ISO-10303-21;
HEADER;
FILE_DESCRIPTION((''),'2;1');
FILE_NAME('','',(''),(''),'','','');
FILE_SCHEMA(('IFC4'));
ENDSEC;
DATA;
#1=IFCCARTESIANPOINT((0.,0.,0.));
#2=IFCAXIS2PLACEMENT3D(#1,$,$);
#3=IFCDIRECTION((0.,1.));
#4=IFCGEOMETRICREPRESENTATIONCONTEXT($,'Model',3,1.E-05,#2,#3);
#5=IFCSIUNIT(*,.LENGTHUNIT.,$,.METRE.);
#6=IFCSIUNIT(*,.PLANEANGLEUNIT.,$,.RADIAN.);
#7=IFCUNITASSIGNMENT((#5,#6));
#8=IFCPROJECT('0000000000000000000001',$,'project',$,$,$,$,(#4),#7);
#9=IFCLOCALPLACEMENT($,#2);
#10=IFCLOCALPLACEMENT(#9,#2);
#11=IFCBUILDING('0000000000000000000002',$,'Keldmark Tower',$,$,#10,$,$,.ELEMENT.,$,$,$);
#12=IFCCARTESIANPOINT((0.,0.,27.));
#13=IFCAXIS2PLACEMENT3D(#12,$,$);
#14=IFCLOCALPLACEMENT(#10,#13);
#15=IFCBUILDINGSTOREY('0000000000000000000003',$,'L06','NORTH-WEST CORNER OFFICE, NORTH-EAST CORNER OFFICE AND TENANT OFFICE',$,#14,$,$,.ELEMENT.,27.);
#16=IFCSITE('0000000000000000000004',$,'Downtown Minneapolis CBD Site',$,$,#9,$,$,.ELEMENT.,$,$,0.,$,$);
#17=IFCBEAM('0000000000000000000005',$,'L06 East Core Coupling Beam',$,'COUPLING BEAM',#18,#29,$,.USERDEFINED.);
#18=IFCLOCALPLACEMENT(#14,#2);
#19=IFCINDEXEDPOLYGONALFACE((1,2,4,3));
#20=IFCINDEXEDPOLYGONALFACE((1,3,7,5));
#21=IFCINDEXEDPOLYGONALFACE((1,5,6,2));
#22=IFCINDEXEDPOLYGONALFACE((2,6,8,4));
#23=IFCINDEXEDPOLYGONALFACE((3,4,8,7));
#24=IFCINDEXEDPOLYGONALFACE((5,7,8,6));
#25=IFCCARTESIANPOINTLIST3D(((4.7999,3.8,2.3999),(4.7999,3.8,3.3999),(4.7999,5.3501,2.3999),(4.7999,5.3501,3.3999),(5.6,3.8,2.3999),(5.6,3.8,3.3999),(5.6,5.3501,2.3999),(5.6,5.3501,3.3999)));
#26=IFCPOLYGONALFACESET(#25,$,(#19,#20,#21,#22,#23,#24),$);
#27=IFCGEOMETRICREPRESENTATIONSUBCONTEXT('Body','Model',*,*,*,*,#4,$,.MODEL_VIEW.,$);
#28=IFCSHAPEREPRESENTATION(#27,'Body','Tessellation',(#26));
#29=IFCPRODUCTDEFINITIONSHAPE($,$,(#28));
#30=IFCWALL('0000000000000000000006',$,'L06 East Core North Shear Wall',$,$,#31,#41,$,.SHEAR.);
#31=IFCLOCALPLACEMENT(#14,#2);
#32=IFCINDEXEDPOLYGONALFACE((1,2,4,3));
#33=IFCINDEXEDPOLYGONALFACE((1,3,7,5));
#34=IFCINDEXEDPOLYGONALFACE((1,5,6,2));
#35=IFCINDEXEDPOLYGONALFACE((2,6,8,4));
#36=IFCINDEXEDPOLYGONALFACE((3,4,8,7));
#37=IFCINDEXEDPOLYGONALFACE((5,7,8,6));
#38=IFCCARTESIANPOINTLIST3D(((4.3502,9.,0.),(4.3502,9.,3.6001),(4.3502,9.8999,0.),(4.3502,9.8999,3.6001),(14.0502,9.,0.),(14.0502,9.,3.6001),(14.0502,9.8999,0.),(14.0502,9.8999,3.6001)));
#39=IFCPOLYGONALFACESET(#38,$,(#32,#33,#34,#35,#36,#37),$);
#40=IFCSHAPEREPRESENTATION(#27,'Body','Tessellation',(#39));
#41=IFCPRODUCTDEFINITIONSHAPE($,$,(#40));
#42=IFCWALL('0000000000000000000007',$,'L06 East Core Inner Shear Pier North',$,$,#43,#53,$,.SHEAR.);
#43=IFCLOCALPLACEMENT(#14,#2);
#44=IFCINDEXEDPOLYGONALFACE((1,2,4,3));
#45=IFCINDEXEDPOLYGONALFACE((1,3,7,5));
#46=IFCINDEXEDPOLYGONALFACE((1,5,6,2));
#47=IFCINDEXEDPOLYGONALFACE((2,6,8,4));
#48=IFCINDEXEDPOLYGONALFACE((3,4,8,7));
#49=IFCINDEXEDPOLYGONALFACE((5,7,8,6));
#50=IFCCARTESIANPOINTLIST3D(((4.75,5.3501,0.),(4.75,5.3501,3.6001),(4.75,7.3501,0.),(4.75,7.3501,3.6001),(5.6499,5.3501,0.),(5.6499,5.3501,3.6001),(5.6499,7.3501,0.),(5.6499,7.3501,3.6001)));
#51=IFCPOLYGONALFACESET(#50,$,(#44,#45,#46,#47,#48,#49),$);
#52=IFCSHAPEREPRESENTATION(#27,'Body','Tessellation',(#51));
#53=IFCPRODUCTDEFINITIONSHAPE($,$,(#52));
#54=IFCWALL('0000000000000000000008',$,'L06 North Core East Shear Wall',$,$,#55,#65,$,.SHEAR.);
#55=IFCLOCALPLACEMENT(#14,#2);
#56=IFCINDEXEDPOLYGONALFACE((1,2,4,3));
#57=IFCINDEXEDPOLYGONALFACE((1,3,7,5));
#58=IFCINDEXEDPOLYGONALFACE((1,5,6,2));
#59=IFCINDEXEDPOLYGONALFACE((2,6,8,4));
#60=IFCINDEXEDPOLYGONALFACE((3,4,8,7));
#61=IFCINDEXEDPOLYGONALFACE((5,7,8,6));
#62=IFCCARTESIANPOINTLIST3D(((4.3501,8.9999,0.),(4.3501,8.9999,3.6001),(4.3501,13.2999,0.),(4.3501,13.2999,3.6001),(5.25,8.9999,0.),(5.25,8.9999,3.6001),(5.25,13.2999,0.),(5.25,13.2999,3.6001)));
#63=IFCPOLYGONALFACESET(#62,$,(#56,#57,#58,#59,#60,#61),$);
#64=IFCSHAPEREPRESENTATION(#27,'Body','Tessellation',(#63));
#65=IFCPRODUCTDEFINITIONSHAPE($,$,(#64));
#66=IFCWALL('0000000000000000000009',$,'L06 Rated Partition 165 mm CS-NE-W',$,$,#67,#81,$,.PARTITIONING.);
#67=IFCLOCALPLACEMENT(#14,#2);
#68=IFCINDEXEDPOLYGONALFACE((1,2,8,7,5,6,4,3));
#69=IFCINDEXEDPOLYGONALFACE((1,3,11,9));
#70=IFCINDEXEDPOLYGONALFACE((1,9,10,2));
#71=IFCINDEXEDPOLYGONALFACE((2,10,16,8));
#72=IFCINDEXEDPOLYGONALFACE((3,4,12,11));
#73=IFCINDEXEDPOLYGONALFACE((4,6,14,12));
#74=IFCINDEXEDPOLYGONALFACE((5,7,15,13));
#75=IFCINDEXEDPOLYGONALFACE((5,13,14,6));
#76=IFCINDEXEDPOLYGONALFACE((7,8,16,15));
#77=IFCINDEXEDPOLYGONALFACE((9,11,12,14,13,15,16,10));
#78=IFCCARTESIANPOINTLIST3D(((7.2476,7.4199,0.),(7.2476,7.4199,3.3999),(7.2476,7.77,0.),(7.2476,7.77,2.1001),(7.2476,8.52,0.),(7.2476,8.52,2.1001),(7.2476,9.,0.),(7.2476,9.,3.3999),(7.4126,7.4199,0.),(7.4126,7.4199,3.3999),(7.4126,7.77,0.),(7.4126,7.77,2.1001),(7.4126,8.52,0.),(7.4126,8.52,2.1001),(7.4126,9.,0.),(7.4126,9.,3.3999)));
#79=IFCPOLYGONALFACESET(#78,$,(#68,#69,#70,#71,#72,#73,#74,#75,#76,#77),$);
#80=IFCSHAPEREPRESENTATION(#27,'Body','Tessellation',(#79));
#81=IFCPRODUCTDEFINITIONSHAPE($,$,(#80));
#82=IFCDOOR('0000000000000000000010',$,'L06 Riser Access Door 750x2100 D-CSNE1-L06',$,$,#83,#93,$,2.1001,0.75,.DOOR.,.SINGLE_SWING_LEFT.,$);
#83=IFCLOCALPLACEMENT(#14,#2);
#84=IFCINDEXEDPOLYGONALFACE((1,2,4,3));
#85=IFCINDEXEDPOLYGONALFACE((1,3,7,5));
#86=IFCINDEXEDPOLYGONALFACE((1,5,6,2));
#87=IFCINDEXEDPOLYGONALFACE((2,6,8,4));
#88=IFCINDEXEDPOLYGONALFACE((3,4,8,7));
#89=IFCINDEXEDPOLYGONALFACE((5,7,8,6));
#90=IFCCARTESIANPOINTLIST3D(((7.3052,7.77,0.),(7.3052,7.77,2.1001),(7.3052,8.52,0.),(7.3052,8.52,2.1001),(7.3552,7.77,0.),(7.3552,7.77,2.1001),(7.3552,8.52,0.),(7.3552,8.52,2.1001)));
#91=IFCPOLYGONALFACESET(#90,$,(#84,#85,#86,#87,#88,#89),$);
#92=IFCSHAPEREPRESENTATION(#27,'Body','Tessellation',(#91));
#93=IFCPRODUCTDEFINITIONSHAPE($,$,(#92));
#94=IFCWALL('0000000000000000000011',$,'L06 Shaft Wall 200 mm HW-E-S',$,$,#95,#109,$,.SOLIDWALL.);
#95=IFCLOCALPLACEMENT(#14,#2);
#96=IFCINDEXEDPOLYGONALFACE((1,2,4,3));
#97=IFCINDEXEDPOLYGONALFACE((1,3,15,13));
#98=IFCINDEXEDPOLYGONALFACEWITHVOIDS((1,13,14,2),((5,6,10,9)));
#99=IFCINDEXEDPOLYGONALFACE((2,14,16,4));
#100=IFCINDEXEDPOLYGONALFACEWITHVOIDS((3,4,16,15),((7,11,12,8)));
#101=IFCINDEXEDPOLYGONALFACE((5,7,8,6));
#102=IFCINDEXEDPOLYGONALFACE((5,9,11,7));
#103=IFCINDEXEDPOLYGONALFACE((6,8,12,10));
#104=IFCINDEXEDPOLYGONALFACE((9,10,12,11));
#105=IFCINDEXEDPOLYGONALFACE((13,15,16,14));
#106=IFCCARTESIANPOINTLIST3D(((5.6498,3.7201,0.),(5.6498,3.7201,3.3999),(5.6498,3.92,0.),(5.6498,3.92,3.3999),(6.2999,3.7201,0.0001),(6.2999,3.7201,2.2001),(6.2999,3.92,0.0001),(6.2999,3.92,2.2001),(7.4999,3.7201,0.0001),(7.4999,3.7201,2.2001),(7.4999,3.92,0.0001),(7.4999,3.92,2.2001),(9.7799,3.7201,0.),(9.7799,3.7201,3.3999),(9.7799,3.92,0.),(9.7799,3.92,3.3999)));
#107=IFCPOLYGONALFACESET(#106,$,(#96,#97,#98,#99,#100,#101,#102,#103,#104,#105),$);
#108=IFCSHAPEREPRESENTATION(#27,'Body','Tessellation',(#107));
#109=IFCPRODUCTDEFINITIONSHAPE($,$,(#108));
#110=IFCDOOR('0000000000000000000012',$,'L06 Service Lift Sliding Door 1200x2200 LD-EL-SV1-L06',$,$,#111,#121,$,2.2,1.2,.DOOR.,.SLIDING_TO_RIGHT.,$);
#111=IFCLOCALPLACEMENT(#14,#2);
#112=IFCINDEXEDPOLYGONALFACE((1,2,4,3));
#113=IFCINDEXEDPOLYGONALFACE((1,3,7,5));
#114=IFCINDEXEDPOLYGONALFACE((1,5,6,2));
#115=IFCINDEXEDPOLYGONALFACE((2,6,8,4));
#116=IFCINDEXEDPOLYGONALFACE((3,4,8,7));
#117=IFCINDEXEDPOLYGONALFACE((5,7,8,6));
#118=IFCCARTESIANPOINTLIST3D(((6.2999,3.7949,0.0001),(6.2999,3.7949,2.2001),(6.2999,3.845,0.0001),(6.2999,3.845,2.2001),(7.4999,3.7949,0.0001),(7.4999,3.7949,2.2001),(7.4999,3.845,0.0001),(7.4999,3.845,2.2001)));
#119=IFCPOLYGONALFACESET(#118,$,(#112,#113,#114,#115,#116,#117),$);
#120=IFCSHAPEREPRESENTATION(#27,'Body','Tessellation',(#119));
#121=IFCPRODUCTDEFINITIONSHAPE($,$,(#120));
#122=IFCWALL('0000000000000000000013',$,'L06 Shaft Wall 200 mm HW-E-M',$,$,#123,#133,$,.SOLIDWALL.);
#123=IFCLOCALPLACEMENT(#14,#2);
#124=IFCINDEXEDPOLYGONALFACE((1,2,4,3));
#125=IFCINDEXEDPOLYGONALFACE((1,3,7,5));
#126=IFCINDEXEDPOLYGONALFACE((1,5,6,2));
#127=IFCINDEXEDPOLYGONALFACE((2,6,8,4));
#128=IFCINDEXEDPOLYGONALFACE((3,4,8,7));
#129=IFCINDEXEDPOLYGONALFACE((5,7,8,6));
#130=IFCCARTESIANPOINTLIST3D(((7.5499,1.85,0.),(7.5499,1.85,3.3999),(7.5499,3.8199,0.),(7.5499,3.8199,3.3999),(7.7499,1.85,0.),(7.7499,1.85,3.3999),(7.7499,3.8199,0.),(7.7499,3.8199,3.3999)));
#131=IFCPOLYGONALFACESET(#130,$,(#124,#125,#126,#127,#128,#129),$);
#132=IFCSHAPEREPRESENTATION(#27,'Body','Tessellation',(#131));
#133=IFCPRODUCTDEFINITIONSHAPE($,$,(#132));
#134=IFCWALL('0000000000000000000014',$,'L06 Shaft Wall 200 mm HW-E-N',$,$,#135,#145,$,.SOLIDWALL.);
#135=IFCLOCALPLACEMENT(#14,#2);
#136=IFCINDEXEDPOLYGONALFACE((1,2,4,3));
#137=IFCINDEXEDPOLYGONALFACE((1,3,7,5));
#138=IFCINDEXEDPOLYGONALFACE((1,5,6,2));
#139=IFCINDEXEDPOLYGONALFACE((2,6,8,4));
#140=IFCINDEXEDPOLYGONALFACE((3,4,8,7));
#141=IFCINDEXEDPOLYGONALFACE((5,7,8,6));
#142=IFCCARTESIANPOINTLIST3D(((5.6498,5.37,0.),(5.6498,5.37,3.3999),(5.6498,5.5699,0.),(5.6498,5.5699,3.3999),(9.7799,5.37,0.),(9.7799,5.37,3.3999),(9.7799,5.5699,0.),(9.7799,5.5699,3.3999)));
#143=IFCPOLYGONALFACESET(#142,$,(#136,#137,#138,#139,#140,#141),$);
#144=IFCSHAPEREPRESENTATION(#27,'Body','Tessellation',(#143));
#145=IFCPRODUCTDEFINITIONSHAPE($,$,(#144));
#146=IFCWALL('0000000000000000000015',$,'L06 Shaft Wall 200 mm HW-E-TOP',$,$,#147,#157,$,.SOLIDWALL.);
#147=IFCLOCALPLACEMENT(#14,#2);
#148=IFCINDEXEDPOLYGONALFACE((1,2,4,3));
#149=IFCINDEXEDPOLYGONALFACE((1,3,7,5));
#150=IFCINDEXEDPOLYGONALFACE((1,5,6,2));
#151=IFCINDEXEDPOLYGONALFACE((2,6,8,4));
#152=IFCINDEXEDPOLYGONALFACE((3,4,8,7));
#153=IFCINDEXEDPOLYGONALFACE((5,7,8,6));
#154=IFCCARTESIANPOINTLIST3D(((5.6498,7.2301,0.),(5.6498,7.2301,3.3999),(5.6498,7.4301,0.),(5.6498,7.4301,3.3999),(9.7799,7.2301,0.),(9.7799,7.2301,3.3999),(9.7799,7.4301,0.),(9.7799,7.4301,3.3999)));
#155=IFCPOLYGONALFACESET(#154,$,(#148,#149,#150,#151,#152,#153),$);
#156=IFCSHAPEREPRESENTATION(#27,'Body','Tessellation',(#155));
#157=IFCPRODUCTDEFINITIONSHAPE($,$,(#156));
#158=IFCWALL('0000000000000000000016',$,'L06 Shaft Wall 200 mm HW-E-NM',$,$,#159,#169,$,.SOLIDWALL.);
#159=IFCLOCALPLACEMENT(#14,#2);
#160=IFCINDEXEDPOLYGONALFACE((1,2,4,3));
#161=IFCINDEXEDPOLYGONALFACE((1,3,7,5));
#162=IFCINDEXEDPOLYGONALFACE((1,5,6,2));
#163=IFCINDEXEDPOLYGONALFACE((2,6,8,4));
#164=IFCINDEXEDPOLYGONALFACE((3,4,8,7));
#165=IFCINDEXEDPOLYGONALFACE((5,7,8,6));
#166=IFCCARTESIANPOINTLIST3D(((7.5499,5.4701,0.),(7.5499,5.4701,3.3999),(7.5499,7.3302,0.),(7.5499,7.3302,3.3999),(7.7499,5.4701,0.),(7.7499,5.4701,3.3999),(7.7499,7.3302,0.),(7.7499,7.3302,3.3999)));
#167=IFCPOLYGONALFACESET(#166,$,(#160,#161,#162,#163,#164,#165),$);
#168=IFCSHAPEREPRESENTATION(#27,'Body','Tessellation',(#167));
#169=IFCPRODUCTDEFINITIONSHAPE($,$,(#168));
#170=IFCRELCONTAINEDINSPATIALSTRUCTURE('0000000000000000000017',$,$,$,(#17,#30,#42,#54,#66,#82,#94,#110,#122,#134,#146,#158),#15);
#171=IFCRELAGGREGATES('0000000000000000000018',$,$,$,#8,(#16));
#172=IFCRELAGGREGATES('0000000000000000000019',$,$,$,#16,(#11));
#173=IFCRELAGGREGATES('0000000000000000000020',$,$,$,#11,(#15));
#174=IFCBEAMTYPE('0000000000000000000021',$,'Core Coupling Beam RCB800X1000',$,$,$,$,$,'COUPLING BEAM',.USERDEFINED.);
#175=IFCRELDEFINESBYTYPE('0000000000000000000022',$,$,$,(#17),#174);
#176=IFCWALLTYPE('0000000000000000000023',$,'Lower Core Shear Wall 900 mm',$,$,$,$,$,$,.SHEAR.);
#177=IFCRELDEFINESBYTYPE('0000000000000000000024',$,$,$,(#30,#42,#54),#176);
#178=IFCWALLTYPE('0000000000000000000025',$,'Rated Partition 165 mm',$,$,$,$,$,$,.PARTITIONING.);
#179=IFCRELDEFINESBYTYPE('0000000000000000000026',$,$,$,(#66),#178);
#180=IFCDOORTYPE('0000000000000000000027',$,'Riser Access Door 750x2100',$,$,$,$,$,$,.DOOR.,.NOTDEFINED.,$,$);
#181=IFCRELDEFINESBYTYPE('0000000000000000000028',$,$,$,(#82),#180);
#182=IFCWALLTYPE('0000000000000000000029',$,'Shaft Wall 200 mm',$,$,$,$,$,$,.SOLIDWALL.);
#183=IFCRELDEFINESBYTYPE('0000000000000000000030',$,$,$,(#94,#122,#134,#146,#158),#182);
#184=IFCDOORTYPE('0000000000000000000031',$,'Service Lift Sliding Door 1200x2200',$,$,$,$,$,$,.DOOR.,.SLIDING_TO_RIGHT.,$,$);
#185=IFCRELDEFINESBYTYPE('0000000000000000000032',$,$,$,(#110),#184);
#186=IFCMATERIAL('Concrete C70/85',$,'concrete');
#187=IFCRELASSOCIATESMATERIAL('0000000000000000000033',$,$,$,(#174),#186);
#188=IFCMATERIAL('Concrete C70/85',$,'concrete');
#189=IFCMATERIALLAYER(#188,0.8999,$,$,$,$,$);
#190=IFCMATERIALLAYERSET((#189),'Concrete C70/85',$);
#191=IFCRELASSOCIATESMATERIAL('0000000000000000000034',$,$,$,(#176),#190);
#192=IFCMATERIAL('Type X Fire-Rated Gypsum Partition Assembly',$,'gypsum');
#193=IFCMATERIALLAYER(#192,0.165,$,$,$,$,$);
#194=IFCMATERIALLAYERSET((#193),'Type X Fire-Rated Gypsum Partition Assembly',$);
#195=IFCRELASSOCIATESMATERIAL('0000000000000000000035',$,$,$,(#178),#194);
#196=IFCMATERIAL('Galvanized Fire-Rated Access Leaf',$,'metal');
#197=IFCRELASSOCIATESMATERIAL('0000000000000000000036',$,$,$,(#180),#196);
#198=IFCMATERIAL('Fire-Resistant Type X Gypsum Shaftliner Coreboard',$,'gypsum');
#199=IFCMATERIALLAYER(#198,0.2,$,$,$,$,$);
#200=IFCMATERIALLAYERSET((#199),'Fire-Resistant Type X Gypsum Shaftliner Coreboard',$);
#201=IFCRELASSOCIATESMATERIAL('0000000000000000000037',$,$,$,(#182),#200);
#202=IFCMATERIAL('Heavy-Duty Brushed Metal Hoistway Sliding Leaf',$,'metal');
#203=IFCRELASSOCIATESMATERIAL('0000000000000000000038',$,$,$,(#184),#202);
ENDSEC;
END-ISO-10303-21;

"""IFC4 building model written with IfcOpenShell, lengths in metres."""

from ifc_helpers import new_model, si_unit, direction, frame, frame_2d, origin, origin_2d, place, context, subcontext, project, spatial, rectangle, extrude, material, layer, layer_set, material_profile, profile_set, type_object, element, fill, save


model = new_model("IFC4")

# Units and contexts
model_context = context("Model", 3, precision=1e-05, world=origin(), true_north=direction((0.0, 1.0)))
body_context = subcontext(model_context, "Body", "Model", "MODEL_VIEW")
ifc_project = project(units=[si_unit("LENGTHUNIT", "METRE"), si_unit("PLANEANGLEUNIT", "RADIAN")], contexts=[model_context])

# Site, building, storey
site_placement = place(None, origin())
site = spatial("IfcSite", under=ifc_project, at=site_placement, Name="Downtown Minneapolis CBD Site", CompositionType="ELEMENT", RefElevation=0.0)
building_placement = place(site_placement, origin())
building = spatial("IfcBuilding", under=site, at=building_placement, Name="Keldmark Tower", CompositionType="ELEMENT")
storey_placement = place(building_placement, frame((0.0, 0.0, 27.0)))
storey = spatial("IfcBuildingStorey", under=building, at=storey_placement, Name="L06", Description="NORTH-WEST CORNER OFFICE, NORTH-EAST CORNER OFFICE AND TENANT OFFICE", CompositionType="ELEMENT", Elevation=27.0)

# Beam
ifc_material_1 = material(Name="Concrete C70/85", Category="concrete")
ifc_material_profile = material_profile(ifc_material_1, rectangle(XDim=0.8, YDim=1.0, at=origin_2d()), Name="RCB800X1000")
ifc_profile_set = profile_set([ifc_material_profile], Name="Concrete C70/85")
beam_type = type_object("IfcBeamType", Name="Core Coupling Beam RCB800X1000", ElementType="COUPLING BEAM", PredefinedType="USERDEFINED", material=ifc_profile_set)
beam_placement = place(storey_placement, frame((5.2, 3.8, 2.8999), z_axis=(0.0, 1.0, 0.0), x_axis=(-1.0, 0.0, 0.0)))
element("IfcBeam", 1, at=beam_placement, inside=storey, type_object=beam_type, Name="L06 East Core Coupling Beam", ObjectType="COUPLING BEAM", PredefinedType="USERDEFINED", context=body_context, shape_type="SweptSolid", body=[
    extrude(rectangle(XDim=0.8, YDim=1.0, at=origin_2d()), origin(), (0.0, 0.0, 1.0), 1.55),
])

# Walls
ifc_material_2 = material(Name="Concrete C70/85", Category="concrete")
ifc_layer_1 = layer(ifc_material_2, 0.8999)
ifc_layer_set_1 = layer_set([ifc_layer_1], Name="Concrete C70/85")
wall_type_1 = type_object("IfcWallType", Name="Lower Core Shear Wall 900 mm", PredefinedType="SHEAR", material=ifc_layer_set_1)
wall_1_placement = place(storey_placement, frame((4.3501, 9.45, 0.0), z_axis=(0.0, 0.0, 1.0), x_axis=(1.0, 0.0, 0.0)))
element("IfcWall", 2, at=wall_1_placement, inside=storey, type_object=wall_type_1, Name="L06 East Core North Shear Wall", PredefinedType="SHEAR", context=body_context, shape_type="SweptSolid", body=[
    extrude(rectangle(XDim=9.7, YDim=0.8999, at=frame_2d((4.8501, 0.0))), origin(), (0.0, 0.0, 1.0), 3.6001),
])
wall_2_placement = place(storey_placement, frame((5.2, 5.3501, 0.0), z_axis=(0.0, 0.0, 1.0), x_axis=(0.0, 1.0, 0.0)))
element("IfcWall", 3, at=wall_2_placement, inside=storey, type_object=wall_type_1, Name="L06 East Core Inner Shear Pier North", PredefinedType="SHEAR", context=body_context, shape_type="SweptSolid", body=[
    extrude(rectangle(XDim=2.0, YDim=0.8999, at=frame_2d((1.0, 0.0))), origin(), (0.0, 0.0, 1.0), 3.6001),
])
wall_3_placement = place(storey_placement, frame((4.8, 9.0, 0.0), z_axis=(0.0, 0.0, 1.0), x_axis=(0.0, 1.0, 0.0)))
element("IfcWall", 4, at=wall_3_placement, inside=storey, type_object=wall_type_1, Name="L06 North Core East Shear Wall", PredefinedType="SHEAR", context=body_context, shape_type="SweptSolid", body=[
    extrude(rectangle(XDim=4.3, YDim=0.8999, at=frame_2d((2.1499, 0.0))), origin(), (0.0, 0.0, 1.0), 3.6001),
])

# Walls, openings, doors
ifc_material_3 = material(Name="Type X Fire-Rated Gypsum Partition Assembly", Category="gypsum")
ifc_layer_2 = layer(ifc_material_3, 0.165)
ifc_layer_set_2 = layer_set([ifc_layer_2], Name="Type X Fire-Rated Gypsum Partition Assembly")
wall_type_2 = type_object("IfcWallType", Name="Rated Partition 165 mm", PredefinedType="PARTITIONING", material=ifc_layer_set_2)
wall_4_placement = place(storey_placement, frame((7.3301, 7.4199, 0.0), z_axis=(0.0, 0.0, 1.0), x_axis=(0.0, 1.0, 0.0)))
wall_4 = element("IfcWall", 5, at=wall_4_placement, inside=storey, type_object=wall_type_2, Name="L06 Rated Partition 165 mm CS-NE-W", PredefinedType="PARTITIONING", context=body_context, shape_type="SweptSolid", body=[
    extrude(rectangle(XDim=1.5801, YDim=0.165, at=frame_2d((0.79, 0.0))), origin(), (0.0, 0.0, 1.0), 3.3999),
])
opening_1_placement = place(wall_4_placement, frame((0.3501, 0.0, 0.0)))
opening_1 = element("IfcOpeningElement", 6, at=opening_1_placement, cuts=wall_4, PredefinedType="OPENING", context=body_context, shape_type="SweptSolid", body=[
    extrude(rectangle(XDim=0.75, YDim=2.1001, at=frame_2d((0.375, 1.05))), frame((0.0, 0.0925, 0.0), z_axis=(0.0, -1.0, 0.0), x_axis=(1.0, 0.0, 0.0)), (0.0, 0.0, 1.0), 0.1851),
])
ifc_material_4 = material(Name="Galvanized Fire-Rated Access Leaf", Category="metal")
door_type_1 = type_object("IfcDoorType", Name="Riser Access Door 750x2100", OperationType="NOTDEFINED", PredefinedType="DOOR", material=ifc_material_4)
door_1_placement = place(opening_1_placement, origin())
door_1 = element("IfcDoor", 7, at=door_1_placement, inside=storey, type_object=door_type_1, Name="L06 Riser Access Door 750x2100 D-CSNE1-L06", OperationType="SINGLE_SWING_LEFT", OverallHeight=2.1001, OverallWidth=0.75, PredefinedType="DOOR", context=body_context, shape_type="SweptSolid", body=[
    extrude(rectangle(XDim=0.75, YDim=2.1001, at=frame_2d((0.375, 1.05))), frame((0.0, 0.0249, 0.0), z_axis=(0.0, -1.0, 0.0), x_axis=(1.0, 0.0, 0.0)), (0.0, 0.0, 1.0), 0.05),
])
fill(opening_1, door_1)
ifc_material_5 = material(Name="Fire-Resistant Type X Gypsum Shaftliner Coreboard", Category="gypsum")
ifc_layer_3 = layer(ifc_material_5, 0.2)
ifc_layer_set_3 = layer_set([ifc_layer_3], Name="Fire-Resistant Type X Gypsum Shaftliner Coreboard")
wall_type_3 = type_object("IfcWallType", Name="Shaft Wall 200 mm", PredefinedType="SOLIDWALL", material=ifc_layer_set_3)
wall_5_placement = place(storey_placement, frame((5.6499, 3.8201, 0.0), z_axis=(0.0, 0.0, 1.0), x_axis=(1.0, 0.0, 0.0)))
wall_5 = element("IfcWall", 8, at=wall_5_placement, inside=storey, type_object=wall_type_3, Name="L06 Shaft Wall 200 mm HW-E-S", PredefinedType="SOLIDWALL", context=body_context, shape_type="SweptSolid", body=[
    extrude(rectangle(XDim=4.1301, YDim=0.2, at=frame_2d((2.0649, 0.0))), origin(), (0.0, 0.0, 1.0), 3.3999),
])
opening_2_placement = place(wall_5_placement, frame((0.6499, 0.0, 0.0)))
opening_2 = element("IfcOpeningElement", 9, at=opening_2_placement, cuts=wall_5, PredefinedType="OPENING", context=body_context, shape_type="SweptSolid", body=[
    extrude(rectangle(XDim=1.2, YDim=2.2, at=frame_2d((0.6001, 1.1001))), frame((0.0, 0.1099, 0.0), z_axis=(0.0, -1.0, 0.0), x_axis=(1.0, 0.0, 0.0)), (0.0, 0.0, 1.0), 0.22),
])
ifc_material_6 = material(Name="Heavy-Duty Brushed Metal Hoistway Sliding Leaf", Category="metal")
door_type_2 = type_object("IfcDoorType", Name="Service Lift Sliding Door 1200x2200", OperationType="SLIDING_TO_RIGHT", PredefinedType="DOOR", material=ifc_material_6)
door_2_placement = place(opening_2_placement, origin())
door_2 = element("IfcDoor", 10, at=door_2_placement, inside=storey, type_object=door_type_2, Name="L06 Service Lift Sliding Door 1200x2200 LD-EL-SV1-L06", OperationType="SLIDING_TO_RIGHT", OverallHeight=2.2, OverallWidth=1.2, PredefinedType="DOOR", context=body_context, shape_type="SweptSolid", body=[
    extrude(rectangle(XDim=1.2, YDim=2.2, at=frame_2d((0.6001, 1.1001))), frame((0.0, 0.0249, 0.0), z_axis=(0.0, -1.0, 0.0), x_axis=(1.0, 0.0, 0.0)), (0.0, 0.0, 1.0), 0.05),
])
fill(opening_2, door_2)

# Walls
wall_6_placement = place(storey_placement, frame((7.6499, 1.8501, 0.0), z_axis=(0.0, 0.0, 1.0), x_axis=(0.0, 1.0, 0.0)))
element("IfcWall", 11, at=wall_6_placement, inside=storey, type_object=wall_type_3, Name="L06 Shaft Wall 200 mm HW-E-M", PredefinedType="SOLIDWALL", context=body_context, shape_type="SweptSolid", body=[
    extrude(rectangle(XDim=1.97, YDim=0.2, at=frame_2d((0.9849, 0.0))), origin(), (0.0, 0.0, 1.0), 3.3999),
])
for number, where, z_axis, x_axis, name in (
    (12, (5.6499, 5.47, 0.0), (0.0, 0.0, 1.0), (1.0, 0.0, 0.0), "L06 Shaft Wall 200 mm HW-E-N"),
    (13, (5.6499, 7.3301, 0.0), (0.0, 0.0, 1.0), (1.0, 0.0, 0.0), "L06 Shaft Wall 200 mm HW-E-TOP"),
):
    element("IfcWall", number, at=place(storey_placement, frame(where, z_axis=z_axis, x_axis=x_axis)), inside=storey, type_object=wall_type_3, Name=name, PredefinedType="SOLIDWALL", context=body_context, shape_type="SweptSolid", body=[
        extrude(rectangle(XDim=4.1301, YDim=0.2, at=frame_2d((2.0649, 0.0))), origin(), (0.0, 0.0, 1.0), 3.3999),
    ])
wall_7_placement = place(storey_placement, frame((7.6499, 5.47, 0.0), z_axis=(0.0, 0.0, 1.0), x_axis=(0.0, 1.0, 0.0)))
element("IfcWall", 14, at=wall_7_placement, inside=storey, type_object=wall_type_3, Name="L06 Shaft Wall 200 mm HW-E-NM", PredefinedType="SOLIDWALL", context=body_context, shape_type="SweptSolid", body=[
    extrude(rectangle(XDim=1.8601, YDim=0.2, at=frame_2d((0.9302, 0.0))), origin(), (0.0, 0.0, 1.0), 3.3999),
])

save(model, "model.ifc")
